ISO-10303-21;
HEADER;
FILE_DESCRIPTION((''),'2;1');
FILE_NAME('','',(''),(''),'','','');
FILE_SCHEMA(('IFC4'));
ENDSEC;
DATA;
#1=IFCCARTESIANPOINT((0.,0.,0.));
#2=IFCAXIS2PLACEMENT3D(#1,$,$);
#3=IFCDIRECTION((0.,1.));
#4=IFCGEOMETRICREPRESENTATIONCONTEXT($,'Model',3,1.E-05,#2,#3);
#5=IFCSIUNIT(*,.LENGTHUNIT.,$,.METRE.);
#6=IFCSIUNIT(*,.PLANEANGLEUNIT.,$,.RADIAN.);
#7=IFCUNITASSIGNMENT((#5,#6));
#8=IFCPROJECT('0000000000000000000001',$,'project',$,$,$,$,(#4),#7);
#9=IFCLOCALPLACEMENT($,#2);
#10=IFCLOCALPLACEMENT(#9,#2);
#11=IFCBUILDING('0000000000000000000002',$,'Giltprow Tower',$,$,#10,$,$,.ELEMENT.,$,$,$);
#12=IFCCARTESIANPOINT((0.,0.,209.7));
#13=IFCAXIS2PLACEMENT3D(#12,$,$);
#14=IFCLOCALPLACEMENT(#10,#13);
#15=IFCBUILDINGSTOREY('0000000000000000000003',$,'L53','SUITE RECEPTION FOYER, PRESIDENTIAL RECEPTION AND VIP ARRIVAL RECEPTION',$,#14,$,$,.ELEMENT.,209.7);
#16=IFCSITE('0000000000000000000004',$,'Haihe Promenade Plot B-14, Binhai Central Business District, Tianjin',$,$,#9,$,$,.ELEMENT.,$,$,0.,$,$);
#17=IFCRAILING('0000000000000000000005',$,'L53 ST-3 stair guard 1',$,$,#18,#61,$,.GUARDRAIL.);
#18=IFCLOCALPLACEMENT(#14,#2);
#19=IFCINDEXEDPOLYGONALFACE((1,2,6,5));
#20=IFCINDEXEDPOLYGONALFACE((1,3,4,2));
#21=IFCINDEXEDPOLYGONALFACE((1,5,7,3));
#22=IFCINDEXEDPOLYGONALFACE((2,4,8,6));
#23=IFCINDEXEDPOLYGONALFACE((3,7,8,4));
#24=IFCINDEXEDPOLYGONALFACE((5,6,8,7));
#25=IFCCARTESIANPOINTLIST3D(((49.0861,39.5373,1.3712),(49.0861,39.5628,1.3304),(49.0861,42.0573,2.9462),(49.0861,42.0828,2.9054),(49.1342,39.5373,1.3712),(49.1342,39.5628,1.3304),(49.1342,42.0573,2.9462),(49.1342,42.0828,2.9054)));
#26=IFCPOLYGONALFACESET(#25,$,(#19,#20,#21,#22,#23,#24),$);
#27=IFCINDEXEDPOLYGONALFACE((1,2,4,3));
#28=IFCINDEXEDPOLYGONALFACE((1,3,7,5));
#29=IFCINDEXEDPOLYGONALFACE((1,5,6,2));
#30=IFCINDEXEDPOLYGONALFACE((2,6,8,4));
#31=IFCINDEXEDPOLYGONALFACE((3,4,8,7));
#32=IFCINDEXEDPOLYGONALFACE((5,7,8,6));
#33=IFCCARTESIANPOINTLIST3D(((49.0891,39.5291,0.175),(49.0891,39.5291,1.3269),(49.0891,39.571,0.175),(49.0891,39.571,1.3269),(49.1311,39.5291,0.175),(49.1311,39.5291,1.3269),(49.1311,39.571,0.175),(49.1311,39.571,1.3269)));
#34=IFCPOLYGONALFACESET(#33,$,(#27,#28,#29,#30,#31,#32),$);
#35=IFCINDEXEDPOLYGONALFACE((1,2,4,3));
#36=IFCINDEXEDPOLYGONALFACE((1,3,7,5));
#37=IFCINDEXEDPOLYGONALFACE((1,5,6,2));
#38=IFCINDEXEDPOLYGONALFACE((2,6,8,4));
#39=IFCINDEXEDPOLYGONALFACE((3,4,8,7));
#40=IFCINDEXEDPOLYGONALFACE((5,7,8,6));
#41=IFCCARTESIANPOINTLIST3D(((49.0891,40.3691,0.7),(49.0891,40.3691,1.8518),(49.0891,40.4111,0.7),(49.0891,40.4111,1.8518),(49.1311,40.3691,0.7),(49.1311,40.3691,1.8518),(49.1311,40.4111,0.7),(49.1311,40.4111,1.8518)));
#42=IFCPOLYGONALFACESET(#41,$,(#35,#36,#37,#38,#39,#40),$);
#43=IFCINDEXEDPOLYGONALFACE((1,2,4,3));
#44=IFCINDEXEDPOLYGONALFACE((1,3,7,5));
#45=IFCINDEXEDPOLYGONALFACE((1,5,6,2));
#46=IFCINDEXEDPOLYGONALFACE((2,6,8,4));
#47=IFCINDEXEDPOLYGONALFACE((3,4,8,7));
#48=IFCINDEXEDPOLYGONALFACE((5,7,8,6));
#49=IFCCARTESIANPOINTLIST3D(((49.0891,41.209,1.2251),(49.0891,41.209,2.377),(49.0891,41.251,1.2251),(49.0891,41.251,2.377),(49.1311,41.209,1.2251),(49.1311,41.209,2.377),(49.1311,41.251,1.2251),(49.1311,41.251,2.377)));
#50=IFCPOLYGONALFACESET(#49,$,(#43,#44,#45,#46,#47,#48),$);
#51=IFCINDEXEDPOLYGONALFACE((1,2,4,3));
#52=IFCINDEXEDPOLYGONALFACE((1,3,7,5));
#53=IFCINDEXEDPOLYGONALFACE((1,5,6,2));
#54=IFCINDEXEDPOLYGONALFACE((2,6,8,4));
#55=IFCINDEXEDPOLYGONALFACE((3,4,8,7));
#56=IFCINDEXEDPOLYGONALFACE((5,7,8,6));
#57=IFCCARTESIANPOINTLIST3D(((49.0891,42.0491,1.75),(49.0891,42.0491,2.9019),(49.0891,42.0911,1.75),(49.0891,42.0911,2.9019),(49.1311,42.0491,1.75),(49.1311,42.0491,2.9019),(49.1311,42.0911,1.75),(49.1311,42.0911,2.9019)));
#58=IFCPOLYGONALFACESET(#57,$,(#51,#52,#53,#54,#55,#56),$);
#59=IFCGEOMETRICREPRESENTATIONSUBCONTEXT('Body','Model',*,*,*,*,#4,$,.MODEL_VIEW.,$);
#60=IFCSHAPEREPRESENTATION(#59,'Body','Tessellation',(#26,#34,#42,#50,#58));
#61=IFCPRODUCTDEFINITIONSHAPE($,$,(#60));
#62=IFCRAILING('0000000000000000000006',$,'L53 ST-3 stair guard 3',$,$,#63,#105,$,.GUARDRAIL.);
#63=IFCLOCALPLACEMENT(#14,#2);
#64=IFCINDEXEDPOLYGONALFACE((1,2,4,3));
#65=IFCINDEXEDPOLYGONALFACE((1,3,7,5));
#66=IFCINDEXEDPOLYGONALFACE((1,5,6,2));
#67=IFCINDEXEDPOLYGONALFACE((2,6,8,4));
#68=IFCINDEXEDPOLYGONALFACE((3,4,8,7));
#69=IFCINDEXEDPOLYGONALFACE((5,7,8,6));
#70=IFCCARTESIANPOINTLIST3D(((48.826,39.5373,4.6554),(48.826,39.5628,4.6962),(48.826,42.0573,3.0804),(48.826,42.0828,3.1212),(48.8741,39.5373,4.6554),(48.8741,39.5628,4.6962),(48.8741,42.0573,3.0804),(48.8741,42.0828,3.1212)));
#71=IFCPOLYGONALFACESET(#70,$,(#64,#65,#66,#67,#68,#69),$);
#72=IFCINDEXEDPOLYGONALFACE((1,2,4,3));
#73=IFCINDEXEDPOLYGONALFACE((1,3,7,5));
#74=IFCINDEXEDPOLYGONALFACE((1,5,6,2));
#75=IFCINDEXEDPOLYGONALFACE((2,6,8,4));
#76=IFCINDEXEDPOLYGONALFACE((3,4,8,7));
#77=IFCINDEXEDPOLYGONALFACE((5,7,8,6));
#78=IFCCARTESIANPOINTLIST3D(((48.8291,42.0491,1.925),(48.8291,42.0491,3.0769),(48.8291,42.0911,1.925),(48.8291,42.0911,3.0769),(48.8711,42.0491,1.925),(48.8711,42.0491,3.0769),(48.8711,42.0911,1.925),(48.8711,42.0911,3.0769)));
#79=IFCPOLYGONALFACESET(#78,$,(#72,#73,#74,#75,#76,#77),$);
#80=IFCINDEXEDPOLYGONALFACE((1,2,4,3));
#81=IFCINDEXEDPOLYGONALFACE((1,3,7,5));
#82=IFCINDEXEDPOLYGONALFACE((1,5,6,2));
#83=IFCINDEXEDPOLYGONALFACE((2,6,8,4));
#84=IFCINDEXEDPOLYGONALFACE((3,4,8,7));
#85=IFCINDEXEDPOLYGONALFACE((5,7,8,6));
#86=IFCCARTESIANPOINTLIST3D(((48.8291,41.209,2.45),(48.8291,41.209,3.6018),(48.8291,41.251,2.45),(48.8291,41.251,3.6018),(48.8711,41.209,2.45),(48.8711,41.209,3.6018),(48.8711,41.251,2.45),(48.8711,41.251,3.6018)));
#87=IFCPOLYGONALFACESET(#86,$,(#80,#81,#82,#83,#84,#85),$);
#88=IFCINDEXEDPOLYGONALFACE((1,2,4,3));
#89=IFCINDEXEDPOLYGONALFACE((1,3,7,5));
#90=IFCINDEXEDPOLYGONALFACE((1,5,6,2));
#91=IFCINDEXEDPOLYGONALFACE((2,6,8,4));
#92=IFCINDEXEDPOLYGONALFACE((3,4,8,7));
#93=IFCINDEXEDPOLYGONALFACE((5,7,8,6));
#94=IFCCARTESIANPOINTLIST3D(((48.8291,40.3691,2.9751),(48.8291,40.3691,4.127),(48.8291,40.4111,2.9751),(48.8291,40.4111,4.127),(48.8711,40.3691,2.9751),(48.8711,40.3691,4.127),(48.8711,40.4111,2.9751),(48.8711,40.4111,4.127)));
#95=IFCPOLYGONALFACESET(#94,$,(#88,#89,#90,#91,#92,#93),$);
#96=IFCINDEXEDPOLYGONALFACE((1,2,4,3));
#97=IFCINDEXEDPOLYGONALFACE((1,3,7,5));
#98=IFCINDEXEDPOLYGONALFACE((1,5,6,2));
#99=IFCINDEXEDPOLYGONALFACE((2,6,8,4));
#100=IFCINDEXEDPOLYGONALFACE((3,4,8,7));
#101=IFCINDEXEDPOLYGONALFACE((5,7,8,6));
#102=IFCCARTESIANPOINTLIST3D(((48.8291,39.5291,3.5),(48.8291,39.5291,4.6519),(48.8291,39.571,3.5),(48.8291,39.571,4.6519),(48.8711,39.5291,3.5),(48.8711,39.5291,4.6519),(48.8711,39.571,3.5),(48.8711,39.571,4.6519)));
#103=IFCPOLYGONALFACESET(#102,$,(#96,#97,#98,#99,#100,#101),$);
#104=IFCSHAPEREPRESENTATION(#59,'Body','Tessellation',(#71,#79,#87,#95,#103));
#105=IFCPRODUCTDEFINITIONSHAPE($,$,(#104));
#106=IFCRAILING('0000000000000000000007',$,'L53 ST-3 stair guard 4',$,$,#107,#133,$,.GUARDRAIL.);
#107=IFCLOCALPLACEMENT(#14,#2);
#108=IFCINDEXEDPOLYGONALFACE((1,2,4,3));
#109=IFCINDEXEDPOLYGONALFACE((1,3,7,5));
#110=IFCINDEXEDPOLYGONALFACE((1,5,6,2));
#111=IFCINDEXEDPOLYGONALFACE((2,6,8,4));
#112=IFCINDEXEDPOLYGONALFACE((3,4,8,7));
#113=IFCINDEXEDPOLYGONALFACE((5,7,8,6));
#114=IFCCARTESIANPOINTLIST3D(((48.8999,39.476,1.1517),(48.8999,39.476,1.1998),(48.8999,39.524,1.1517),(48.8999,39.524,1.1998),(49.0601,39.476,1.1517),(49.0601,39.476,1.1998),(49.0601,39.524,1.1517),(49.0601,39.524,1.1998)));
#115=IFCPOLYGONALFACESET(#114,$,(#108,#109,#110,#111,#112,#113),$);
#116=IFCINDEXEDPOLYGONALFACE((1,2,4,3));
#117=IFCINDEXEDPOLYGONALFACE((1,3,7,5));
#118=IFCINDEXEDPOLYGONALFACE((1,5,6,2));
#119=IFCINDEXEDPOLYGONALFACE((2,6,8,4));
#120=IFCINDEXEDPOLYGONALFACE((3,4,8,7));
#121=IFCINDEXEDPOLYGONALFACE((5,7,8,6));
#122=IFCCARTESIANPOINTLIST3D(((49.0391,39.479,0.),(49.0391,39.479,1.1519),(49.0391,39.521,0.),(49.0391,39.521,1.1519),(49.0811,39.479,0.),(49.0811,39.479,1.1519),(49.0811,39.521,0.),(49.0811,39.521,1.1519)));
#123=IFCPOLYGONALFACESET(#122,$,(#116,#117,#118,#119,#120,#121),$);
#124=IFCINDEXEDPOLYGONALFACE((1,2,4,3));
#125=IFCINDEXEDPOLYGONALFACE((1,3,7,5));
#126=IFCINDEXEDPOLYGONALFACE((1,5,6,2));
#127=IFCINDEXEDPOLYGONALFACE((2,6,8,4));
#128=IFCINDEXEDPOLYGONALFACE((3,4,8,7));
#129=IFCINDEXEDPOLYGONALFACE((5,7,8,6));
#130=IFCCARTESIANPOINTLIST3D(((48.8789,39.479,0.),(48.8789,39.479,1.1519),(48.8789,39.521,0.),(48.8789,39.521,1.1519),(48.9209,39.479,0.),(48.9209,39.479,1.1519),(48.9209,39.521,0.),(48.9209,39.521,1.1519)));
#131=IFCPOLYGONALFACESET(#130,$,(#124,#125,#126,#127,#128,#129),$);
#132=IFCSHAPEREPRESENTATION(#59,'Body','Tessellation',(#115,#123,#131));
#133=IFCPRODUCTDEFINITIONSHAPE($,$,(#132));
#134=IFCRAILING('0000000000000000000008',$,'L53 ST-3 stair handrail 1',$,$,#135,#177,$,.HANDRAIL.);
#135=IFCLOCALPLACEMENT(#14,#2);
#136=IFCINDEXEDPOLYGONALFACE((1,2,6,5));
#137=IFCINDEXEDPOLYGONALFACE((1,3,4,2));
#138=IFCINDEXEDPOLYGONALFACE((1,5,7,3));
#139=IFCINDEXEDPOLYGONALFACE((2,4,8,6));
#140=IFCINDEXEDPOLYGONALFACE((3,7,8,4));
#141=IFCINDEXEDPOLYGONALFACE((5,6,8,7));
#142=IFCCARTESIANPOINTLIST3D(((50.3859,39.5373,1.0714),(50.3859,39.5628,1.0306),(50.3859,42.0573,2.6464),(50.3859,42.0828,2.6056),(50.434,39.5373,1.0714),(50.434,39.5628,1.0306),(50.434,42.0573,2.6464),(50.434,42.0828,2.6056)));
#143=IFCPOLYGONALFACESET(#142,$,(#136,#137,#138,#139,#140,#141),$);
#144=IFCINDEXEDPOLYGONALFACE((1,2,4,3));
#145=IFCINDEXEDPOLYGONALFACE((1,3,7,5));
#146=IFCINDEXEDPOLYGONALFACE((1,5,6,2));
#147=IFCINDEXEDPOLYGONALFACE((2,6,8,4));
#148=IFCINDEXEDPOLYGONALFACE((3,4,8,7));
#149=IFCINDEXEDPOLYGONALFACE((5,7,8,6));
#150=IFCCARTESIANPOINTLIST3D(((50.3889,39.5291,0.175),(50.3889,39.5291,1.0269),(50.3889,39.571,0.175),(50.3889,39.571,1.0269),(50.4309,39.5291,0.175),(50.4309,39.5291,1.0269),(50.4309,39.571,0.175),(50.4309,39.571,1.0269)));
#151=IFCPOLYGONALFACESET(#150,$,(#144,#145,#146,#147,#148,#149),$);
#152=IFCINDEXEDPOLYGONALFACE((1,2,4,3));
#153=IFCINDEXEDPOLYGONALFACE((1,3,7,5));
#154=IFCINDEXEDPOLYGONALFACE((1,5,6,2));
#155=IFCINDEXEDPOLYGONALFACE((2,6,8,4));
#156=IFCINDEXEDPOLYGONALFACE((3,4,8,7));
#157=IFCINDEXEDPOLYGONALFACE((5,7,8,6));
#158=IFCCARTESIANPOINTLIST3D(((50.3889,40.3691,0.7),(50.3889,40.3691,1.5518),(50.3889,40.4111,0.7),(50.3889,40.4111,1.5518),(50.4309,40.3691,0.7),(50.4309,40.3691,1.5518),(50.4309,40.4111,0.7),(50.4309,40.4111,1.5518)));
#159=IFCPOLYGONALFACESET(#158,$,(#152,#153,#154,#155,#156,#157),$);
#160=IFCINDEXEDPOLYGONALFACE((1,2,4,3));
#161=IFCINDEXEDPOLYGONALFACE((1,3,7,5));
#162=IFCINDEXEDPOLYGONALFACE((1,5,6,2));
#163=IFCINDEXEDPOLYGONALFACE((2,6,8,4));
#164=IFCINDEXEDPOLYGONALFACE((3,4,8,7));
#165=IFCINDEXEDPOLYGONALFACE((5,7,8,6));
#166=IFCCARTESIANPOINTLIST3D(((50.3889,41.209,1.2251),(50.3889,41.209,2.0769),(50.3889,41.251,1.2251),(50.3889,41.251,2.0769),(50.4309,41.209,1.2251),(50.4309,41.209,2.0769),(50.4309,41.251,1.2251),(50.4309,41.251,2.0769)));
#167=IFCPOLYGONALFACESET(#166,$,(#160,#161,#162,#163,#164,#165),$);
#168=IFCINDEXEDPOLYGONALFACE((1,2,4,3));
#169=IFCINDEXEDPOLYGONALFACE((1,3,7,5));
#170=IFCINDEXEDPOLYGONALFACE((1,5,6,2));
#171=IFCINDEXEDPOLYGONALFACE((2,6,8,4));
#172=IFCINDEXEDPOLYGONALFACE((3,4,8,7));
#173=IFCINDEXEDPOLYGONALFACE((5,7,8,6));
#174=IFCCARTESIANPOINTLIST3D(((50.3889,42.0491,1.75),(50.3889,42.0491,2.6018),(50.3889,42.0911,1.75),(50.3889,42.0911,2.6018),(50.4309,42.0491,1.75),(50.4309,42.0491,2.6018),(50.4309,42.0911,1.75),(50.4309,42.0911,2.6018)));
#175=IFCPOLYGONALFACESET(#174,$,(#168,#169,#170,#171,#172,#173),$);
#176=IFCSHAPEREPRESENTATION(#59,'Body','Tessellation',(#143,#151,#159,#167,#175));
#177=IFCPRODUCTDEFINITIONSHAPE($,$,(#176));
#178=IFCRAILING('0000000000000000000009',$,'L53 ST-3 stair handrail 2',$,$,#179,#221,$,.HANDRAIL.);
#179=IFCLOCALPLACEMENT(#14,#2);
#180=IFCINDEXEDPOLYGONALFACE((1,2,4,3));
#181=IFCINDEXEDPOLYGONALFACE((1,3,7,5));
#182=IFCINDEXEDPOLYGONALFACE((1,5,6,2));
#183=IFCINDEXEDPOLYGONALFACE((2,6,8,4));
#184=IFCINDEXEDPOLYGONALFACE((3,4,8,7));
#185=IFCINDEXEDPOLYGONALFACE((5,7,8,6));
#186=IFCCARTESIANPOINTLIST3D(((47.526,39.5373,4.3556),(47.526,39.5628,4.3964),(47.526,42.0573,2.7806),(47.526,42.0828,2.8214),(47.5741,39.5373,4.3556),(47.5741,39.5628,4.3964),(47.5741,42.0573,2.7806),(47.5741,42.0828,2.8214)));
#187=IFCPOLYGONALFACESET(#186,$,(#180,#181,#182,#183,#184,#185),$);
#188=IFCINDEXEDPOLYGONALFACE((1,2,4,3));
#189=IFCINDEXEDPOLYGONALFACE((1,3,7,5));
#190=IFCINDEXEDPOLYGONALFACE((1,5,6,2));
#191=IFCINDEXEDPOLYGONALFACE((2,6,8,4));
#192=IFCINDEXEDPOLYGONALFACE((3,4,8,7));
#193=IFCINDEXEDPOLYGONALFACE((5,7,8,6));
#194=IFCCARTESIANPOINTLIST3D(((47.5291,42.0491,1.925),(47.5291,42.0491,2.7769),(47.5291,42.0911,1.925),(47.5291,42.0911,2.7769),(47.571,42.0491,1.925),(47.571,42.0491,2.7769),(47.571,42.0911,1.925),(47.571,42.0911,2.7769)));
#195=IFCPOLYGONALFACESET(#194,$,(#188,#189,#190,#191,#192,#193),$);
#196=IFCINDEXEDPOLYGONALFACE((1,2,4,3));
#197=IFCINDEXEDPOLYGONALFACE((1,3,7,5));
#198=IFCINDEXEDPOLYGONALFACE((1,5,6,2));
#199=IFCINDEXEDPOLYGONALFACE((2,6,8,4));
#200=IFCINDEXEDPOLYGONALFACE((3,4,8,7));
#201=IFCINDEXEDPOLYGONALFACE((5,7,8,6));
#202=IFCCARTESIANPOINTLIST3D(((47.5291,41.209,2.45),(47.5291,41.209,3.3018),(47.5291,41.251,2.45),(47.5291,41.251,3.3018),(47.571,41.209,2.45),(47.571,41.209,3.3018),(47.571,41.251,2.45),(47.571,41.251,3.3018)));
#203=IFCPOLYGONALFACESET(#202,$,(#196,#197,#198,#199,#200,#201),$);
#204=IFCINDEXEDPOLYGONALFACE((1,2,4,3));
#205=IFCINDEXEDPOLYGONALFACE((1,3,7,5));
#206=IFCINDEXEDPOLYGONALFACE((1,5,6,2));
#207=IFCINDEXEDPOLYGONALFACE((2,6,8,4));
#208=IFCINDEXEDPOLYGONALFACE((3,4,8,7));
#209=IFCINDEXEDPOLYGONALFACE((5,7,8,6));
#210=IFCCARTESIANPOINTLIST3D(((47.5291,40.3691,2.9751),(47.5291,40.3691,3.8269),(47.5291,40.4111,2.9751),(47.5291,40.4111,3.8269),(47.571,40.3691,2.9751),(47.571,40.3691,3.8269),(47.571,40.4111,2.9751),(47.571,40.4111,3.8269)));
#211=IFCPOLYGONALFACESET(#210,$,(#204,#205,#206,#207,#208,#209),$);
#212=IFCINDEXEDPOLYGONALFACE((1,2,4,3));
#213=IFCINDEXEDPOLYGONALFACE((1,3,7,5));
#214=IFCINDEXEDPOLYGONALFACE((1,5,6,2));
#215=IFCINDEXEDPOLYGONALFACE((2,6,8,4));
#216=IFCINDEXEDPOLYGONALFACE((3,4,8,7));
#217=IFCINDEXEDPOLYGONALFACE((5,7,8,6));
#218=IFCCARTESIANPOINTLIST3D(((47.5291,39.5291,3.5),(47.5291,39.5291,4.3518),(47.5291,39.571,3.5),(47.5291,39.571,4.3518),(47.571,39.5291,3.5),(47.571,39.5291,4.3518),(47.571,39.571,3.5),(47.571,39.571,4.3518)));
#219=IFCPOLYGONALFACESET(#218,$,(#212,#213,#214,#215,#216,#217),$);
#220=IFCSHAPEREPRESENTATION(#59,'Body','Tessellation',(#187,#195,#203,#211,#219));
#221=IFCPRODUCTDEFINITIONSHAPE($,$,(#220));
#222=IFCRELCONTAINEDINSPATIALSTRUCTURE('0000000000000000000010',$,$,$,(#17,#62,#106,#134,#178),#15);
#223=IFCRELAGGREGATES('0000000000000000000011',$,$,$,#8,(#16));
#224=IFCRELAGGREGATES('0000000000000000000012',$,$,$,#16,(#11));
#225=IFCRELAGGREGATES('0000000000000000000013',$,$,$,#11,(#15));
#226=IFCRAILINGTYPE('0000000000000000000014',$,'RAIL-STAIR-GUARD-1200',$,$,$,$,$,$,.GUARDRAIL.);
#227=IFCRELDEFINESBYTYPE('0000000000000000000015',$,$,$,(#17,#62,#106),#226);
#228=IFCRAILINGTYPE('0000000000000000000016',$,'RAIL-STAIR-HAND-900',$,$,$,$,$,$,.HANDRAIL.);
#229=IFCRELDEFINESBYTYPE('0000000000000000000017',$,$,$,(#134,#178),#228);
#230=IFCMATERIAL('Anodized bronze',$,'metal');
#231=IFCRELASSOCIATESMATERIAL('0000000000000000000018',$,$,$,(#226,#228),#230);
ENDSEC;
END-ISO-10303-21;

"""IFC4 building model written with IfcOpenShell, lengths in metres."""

from ifc_helpers import new_model, si_unit, direction, frame, origin, origin_2d, place, context, subcontext, project, spatial, rectangle, extrude, material, type_object, element, save


model = new_model("IFC4")

# Units and contexts
model_context = context("Model", 3, precision=1e-05, world=origin(), true_north=direction((0.0, 1.0)))
body_context = subcontext(model_context, "Body", "Model", "MODEL_VIEW")
ifc_project = project(units=[si_unit("LENGTHUNIT", "METRE"), si_unit("PLANEANGLEUNIT", "RADIAN")], contexts=[model_context])

# Site, building, storey
site_placement = place(None, origin())
site = spatial("IfcSite", under=ifc_project, at=site_placement, Name="Haihe Promenade Plot B-14, Binhai Central Business District, Tianjin", CompositionType="ELEMENT", RefElevation=0.0)
building_placement = place(site_placement, origin())
building = spatial("IfcBuilding", under=site, at=building_placement, Name="Giltprow Tower", CompositionType="ELEMENT")
storey_placement = place(building_placement, frame((0.0, 0.0, 209.7)))
storey = spatial("IfcBuildingStorey", under=building, at=storey_placement, Name="L53", Description="SUITE RECEPTION FOYER, PRESIDENTIAL RECEPTION AND VIP ARRIVAL RECEPTION", CompositionType="ELEMENT", Elevation=209.7)

# Railings
ifc_material_1 = material(Name="Anodized bronze", Category="metal")
railing_type_1 = type_object("IfcRailingType", Name="RAIL-STAIR-GUARD-1200", PredefinedType="GUARDRAIL", material=ifc_material_1)
railing_1_placement = place(storey_placement, frame((49.1101, 39.55, 0.175)))
element("IfcRailing", 1, at=railing_1_placement, inside=storey, type_object=railing_type_1, Name="L53 ST-3 stair guard 1", PredefinedType="GUARDRAIL", context=body_context, shape_type="SweptSolid", body=[
    extrude(rectangle(XDim=0.0481, YDim=0.0481, at=origin_2d()), frame((0.0, 0.0, 1.1758), z_axis=(0.0, 0.848008, 0.529984), x_axis=(-1.0, 0.0, 0.0)), (0.0, 0.0, 1.0), 2.9717),
    extrude(rectangle(XDim=0.042, YDim=0.042, at=origin_2d()), origin(), (0.0, 0.0, 1.0), 1.1519),
    extrude(rectangle(XDim=0.042, YDim=0.042, at=origin_2d()), frame((0.0, 0.8401, 0.5249)), (0.0, 0.0, 1.0), 1.1519),
    extrude(rectangle(XDim=0.042, YDim=0.042, at=origin_2d()), frame((0.0, 1.6799, 1.05)), (0.0, 0.0, 1.0), 1.1519),
    extrude(rectangle(XDim=0.042, YDim=0.042, at=origin_2d()), frame((0.0, 2.52, 1.575)), (0.0, 0.0, 1.0), 1.1519),
])
railing_2_placement = place(storey_placement, frame((48.8501, 42.0701, 1.925)))
element("IfcRailing", 2, at=railing_2_placement, inside=storey, type_object=railing_type_1, Name="L53 ST-3 stair guard 3", PredefinedType="GUARDRAIL", context=body_context, shape_type="SweptSolid", body=[
    extrude(rectangle(XDim=0.0481, YDim=0.0481, at=origin_2d()), frame((0.0, 0.0, 1.1758), z_axis=(0.0, -0.848008, 0.529984), x_axis=(1.0, 0.0, 0.0)), (0.0, 0.0, 1.0), 2.9717),
    extrude(rectangle(XDim=0.042, YDim=0.042, at=origin_2d()), origin(), (0.0, 0.0, 1.0), 1.1519),
    extrude(rectangle(XDim=0.042, YDim=0.042, at=origin_2d()), frame((0.0, -0.8401, 0.5249)), (0.0, 0.0, 1.0), 1.1519),
    extrude(rectangle(XDim=0.042, YDim=0.042, at=origin_2d()), frame((0.0, -1.6799, 1.05)), (0.0, 0.0, 1.0), 1.1519),
    extrude(rectangle(XDim=0.042, YDim=0.042, at=origin_2d()), frame((0.0, -2.52, 1.575)), (0.0, 0.0, 1.0), 1.1519),
])
railing_3_placement = place(storey_placement, frame((49.0601, 39.5, 0.0)))
element("IfcRailing", 3, at=railing_3_placement, inside=storey, type_object=railing_type_1, Name="L53 ST-3 stair guard 4", PredefinedType="GUARDRAIL", context=body_context, shape_type="SweptSolid", body=[
    extrude(rectangle(XDim=0.0481, YDim=0.0481, at=origin_2d()), frame((0.0, 0.0, 1.1758), z_axis=(-1.0, 0.0, 0.0), x_axis=(0.0, -1.0, 0.0)), (0.0, 0.0, 1.0), 0.1602),
    extrude(rectangle(XDim=0.042, YDim=0.042, at=origin_2d()), origin(), (0.0, 0.0, 1.0), 1.1519),
    extrude(rectangle(XDim=0.042, YDim=0.042, at=origin_2d()), frame((-0.1602, 0.0, 0.0)), (0.0, 0.0, 1.0), 1.1519),
])
railing_type_2 = type_object("IfcRailingType", Name="RAIL-STAIR-HAND-900", PredefinedType="HANDRAIL", material=ifc_material_1)
railing_4_placement = place(storey_placement, frame((50.4099, 39.55, 0.175)))
element("IfcRailing", 4, at=railing_4_placement, inside=storey, type_object=railing_type_2, Name="L53 ST-3 stair handrail 1", PredefinedType="HANDRAIL", context=body_context, shape_type="SweptSolid", body=[
    extrude(rectangle(XDim=0.0481, YDim=0.0481, at=origin_2d()), frame((0.0, 0.0, 0.876), z_axis=(0.0, 0.848008, 0.529984), x_axis=(-1.0, 0.0, 0.0)), (0.0, 0.0, 1.0), 2.9717),
    extrude(rectangle(XDim=0.042, YDim=0.042, at=origin_2d()), origin(), (0.0, 0.0, 1.0), 0.8518),
    extrude(rectangle(XDim=0.042, YDim=0.042, at=origin_2d()), frame((0.0, 0.8401, 0.5249)), (0.0, 0.0, 1.0), 0.8518),
    extrude(rectangle(XDim=0.042, YDim=0.042, at=origin_2d()), frame((0.0, 1.6799, 1.05)), (0.0, 0.0, 1.0), 0.8518),
    extrude(rectangle(XDim=0.042, YDim=0.042, at=origin_2d()), frame((0.0, 2.52, 1.575)), (0.0, 0.0, 1.0), 0.8518),
])
railing_5_placement = place(storey_placement, frame((47.55, 42.0701, 1.925)))
element("IfcRailing", 5, at=railing_5_placement, inside=storey, type_object=railing_type_2, Name="L53 ST-3 stair handrail 2", PredefinedType="HANDRAIL", context=body_context, shape_type="SweptSolid", body=[
    extrude(rectangle(XDim=0.0481, YDim=0.0481, at=origin_2d()), frame((0.0, 0.0, 0.876), z_axis=(0.0, -0.848008, 0.529984), x_axis=(1.0, 0.0, 0.0)), (0.0, 0.0, 1.0), 2.9717),
    extrude(rectangle(XDim=0.042, YDim=0.042, at=origin_2d()), origin(), (0.0, 0.0, 1.0), 0.8518),
    extrude(rectangle(XDim=0.042, YDim=0.042, at=origin_2d()), frame((0.0, -0.8401, 0.5249)), (0.0, 0.0, 1.0), 0.8518),
    extrude(rectangle(XDim=0.042, YDim=0.042, at=origin_2d()), frame((0.0, -1.6799, 1.05)), (0.0, 0.0, 1.0), 0.8518),
    extrude(rectangle(XDim=0.042, YDim=0.042, at=origin_2d()), frame((0.0, -2.52, 1.575)), (0.0, 0.0, 1.0), 0.8518),
])

save(model, "model.ifc")
